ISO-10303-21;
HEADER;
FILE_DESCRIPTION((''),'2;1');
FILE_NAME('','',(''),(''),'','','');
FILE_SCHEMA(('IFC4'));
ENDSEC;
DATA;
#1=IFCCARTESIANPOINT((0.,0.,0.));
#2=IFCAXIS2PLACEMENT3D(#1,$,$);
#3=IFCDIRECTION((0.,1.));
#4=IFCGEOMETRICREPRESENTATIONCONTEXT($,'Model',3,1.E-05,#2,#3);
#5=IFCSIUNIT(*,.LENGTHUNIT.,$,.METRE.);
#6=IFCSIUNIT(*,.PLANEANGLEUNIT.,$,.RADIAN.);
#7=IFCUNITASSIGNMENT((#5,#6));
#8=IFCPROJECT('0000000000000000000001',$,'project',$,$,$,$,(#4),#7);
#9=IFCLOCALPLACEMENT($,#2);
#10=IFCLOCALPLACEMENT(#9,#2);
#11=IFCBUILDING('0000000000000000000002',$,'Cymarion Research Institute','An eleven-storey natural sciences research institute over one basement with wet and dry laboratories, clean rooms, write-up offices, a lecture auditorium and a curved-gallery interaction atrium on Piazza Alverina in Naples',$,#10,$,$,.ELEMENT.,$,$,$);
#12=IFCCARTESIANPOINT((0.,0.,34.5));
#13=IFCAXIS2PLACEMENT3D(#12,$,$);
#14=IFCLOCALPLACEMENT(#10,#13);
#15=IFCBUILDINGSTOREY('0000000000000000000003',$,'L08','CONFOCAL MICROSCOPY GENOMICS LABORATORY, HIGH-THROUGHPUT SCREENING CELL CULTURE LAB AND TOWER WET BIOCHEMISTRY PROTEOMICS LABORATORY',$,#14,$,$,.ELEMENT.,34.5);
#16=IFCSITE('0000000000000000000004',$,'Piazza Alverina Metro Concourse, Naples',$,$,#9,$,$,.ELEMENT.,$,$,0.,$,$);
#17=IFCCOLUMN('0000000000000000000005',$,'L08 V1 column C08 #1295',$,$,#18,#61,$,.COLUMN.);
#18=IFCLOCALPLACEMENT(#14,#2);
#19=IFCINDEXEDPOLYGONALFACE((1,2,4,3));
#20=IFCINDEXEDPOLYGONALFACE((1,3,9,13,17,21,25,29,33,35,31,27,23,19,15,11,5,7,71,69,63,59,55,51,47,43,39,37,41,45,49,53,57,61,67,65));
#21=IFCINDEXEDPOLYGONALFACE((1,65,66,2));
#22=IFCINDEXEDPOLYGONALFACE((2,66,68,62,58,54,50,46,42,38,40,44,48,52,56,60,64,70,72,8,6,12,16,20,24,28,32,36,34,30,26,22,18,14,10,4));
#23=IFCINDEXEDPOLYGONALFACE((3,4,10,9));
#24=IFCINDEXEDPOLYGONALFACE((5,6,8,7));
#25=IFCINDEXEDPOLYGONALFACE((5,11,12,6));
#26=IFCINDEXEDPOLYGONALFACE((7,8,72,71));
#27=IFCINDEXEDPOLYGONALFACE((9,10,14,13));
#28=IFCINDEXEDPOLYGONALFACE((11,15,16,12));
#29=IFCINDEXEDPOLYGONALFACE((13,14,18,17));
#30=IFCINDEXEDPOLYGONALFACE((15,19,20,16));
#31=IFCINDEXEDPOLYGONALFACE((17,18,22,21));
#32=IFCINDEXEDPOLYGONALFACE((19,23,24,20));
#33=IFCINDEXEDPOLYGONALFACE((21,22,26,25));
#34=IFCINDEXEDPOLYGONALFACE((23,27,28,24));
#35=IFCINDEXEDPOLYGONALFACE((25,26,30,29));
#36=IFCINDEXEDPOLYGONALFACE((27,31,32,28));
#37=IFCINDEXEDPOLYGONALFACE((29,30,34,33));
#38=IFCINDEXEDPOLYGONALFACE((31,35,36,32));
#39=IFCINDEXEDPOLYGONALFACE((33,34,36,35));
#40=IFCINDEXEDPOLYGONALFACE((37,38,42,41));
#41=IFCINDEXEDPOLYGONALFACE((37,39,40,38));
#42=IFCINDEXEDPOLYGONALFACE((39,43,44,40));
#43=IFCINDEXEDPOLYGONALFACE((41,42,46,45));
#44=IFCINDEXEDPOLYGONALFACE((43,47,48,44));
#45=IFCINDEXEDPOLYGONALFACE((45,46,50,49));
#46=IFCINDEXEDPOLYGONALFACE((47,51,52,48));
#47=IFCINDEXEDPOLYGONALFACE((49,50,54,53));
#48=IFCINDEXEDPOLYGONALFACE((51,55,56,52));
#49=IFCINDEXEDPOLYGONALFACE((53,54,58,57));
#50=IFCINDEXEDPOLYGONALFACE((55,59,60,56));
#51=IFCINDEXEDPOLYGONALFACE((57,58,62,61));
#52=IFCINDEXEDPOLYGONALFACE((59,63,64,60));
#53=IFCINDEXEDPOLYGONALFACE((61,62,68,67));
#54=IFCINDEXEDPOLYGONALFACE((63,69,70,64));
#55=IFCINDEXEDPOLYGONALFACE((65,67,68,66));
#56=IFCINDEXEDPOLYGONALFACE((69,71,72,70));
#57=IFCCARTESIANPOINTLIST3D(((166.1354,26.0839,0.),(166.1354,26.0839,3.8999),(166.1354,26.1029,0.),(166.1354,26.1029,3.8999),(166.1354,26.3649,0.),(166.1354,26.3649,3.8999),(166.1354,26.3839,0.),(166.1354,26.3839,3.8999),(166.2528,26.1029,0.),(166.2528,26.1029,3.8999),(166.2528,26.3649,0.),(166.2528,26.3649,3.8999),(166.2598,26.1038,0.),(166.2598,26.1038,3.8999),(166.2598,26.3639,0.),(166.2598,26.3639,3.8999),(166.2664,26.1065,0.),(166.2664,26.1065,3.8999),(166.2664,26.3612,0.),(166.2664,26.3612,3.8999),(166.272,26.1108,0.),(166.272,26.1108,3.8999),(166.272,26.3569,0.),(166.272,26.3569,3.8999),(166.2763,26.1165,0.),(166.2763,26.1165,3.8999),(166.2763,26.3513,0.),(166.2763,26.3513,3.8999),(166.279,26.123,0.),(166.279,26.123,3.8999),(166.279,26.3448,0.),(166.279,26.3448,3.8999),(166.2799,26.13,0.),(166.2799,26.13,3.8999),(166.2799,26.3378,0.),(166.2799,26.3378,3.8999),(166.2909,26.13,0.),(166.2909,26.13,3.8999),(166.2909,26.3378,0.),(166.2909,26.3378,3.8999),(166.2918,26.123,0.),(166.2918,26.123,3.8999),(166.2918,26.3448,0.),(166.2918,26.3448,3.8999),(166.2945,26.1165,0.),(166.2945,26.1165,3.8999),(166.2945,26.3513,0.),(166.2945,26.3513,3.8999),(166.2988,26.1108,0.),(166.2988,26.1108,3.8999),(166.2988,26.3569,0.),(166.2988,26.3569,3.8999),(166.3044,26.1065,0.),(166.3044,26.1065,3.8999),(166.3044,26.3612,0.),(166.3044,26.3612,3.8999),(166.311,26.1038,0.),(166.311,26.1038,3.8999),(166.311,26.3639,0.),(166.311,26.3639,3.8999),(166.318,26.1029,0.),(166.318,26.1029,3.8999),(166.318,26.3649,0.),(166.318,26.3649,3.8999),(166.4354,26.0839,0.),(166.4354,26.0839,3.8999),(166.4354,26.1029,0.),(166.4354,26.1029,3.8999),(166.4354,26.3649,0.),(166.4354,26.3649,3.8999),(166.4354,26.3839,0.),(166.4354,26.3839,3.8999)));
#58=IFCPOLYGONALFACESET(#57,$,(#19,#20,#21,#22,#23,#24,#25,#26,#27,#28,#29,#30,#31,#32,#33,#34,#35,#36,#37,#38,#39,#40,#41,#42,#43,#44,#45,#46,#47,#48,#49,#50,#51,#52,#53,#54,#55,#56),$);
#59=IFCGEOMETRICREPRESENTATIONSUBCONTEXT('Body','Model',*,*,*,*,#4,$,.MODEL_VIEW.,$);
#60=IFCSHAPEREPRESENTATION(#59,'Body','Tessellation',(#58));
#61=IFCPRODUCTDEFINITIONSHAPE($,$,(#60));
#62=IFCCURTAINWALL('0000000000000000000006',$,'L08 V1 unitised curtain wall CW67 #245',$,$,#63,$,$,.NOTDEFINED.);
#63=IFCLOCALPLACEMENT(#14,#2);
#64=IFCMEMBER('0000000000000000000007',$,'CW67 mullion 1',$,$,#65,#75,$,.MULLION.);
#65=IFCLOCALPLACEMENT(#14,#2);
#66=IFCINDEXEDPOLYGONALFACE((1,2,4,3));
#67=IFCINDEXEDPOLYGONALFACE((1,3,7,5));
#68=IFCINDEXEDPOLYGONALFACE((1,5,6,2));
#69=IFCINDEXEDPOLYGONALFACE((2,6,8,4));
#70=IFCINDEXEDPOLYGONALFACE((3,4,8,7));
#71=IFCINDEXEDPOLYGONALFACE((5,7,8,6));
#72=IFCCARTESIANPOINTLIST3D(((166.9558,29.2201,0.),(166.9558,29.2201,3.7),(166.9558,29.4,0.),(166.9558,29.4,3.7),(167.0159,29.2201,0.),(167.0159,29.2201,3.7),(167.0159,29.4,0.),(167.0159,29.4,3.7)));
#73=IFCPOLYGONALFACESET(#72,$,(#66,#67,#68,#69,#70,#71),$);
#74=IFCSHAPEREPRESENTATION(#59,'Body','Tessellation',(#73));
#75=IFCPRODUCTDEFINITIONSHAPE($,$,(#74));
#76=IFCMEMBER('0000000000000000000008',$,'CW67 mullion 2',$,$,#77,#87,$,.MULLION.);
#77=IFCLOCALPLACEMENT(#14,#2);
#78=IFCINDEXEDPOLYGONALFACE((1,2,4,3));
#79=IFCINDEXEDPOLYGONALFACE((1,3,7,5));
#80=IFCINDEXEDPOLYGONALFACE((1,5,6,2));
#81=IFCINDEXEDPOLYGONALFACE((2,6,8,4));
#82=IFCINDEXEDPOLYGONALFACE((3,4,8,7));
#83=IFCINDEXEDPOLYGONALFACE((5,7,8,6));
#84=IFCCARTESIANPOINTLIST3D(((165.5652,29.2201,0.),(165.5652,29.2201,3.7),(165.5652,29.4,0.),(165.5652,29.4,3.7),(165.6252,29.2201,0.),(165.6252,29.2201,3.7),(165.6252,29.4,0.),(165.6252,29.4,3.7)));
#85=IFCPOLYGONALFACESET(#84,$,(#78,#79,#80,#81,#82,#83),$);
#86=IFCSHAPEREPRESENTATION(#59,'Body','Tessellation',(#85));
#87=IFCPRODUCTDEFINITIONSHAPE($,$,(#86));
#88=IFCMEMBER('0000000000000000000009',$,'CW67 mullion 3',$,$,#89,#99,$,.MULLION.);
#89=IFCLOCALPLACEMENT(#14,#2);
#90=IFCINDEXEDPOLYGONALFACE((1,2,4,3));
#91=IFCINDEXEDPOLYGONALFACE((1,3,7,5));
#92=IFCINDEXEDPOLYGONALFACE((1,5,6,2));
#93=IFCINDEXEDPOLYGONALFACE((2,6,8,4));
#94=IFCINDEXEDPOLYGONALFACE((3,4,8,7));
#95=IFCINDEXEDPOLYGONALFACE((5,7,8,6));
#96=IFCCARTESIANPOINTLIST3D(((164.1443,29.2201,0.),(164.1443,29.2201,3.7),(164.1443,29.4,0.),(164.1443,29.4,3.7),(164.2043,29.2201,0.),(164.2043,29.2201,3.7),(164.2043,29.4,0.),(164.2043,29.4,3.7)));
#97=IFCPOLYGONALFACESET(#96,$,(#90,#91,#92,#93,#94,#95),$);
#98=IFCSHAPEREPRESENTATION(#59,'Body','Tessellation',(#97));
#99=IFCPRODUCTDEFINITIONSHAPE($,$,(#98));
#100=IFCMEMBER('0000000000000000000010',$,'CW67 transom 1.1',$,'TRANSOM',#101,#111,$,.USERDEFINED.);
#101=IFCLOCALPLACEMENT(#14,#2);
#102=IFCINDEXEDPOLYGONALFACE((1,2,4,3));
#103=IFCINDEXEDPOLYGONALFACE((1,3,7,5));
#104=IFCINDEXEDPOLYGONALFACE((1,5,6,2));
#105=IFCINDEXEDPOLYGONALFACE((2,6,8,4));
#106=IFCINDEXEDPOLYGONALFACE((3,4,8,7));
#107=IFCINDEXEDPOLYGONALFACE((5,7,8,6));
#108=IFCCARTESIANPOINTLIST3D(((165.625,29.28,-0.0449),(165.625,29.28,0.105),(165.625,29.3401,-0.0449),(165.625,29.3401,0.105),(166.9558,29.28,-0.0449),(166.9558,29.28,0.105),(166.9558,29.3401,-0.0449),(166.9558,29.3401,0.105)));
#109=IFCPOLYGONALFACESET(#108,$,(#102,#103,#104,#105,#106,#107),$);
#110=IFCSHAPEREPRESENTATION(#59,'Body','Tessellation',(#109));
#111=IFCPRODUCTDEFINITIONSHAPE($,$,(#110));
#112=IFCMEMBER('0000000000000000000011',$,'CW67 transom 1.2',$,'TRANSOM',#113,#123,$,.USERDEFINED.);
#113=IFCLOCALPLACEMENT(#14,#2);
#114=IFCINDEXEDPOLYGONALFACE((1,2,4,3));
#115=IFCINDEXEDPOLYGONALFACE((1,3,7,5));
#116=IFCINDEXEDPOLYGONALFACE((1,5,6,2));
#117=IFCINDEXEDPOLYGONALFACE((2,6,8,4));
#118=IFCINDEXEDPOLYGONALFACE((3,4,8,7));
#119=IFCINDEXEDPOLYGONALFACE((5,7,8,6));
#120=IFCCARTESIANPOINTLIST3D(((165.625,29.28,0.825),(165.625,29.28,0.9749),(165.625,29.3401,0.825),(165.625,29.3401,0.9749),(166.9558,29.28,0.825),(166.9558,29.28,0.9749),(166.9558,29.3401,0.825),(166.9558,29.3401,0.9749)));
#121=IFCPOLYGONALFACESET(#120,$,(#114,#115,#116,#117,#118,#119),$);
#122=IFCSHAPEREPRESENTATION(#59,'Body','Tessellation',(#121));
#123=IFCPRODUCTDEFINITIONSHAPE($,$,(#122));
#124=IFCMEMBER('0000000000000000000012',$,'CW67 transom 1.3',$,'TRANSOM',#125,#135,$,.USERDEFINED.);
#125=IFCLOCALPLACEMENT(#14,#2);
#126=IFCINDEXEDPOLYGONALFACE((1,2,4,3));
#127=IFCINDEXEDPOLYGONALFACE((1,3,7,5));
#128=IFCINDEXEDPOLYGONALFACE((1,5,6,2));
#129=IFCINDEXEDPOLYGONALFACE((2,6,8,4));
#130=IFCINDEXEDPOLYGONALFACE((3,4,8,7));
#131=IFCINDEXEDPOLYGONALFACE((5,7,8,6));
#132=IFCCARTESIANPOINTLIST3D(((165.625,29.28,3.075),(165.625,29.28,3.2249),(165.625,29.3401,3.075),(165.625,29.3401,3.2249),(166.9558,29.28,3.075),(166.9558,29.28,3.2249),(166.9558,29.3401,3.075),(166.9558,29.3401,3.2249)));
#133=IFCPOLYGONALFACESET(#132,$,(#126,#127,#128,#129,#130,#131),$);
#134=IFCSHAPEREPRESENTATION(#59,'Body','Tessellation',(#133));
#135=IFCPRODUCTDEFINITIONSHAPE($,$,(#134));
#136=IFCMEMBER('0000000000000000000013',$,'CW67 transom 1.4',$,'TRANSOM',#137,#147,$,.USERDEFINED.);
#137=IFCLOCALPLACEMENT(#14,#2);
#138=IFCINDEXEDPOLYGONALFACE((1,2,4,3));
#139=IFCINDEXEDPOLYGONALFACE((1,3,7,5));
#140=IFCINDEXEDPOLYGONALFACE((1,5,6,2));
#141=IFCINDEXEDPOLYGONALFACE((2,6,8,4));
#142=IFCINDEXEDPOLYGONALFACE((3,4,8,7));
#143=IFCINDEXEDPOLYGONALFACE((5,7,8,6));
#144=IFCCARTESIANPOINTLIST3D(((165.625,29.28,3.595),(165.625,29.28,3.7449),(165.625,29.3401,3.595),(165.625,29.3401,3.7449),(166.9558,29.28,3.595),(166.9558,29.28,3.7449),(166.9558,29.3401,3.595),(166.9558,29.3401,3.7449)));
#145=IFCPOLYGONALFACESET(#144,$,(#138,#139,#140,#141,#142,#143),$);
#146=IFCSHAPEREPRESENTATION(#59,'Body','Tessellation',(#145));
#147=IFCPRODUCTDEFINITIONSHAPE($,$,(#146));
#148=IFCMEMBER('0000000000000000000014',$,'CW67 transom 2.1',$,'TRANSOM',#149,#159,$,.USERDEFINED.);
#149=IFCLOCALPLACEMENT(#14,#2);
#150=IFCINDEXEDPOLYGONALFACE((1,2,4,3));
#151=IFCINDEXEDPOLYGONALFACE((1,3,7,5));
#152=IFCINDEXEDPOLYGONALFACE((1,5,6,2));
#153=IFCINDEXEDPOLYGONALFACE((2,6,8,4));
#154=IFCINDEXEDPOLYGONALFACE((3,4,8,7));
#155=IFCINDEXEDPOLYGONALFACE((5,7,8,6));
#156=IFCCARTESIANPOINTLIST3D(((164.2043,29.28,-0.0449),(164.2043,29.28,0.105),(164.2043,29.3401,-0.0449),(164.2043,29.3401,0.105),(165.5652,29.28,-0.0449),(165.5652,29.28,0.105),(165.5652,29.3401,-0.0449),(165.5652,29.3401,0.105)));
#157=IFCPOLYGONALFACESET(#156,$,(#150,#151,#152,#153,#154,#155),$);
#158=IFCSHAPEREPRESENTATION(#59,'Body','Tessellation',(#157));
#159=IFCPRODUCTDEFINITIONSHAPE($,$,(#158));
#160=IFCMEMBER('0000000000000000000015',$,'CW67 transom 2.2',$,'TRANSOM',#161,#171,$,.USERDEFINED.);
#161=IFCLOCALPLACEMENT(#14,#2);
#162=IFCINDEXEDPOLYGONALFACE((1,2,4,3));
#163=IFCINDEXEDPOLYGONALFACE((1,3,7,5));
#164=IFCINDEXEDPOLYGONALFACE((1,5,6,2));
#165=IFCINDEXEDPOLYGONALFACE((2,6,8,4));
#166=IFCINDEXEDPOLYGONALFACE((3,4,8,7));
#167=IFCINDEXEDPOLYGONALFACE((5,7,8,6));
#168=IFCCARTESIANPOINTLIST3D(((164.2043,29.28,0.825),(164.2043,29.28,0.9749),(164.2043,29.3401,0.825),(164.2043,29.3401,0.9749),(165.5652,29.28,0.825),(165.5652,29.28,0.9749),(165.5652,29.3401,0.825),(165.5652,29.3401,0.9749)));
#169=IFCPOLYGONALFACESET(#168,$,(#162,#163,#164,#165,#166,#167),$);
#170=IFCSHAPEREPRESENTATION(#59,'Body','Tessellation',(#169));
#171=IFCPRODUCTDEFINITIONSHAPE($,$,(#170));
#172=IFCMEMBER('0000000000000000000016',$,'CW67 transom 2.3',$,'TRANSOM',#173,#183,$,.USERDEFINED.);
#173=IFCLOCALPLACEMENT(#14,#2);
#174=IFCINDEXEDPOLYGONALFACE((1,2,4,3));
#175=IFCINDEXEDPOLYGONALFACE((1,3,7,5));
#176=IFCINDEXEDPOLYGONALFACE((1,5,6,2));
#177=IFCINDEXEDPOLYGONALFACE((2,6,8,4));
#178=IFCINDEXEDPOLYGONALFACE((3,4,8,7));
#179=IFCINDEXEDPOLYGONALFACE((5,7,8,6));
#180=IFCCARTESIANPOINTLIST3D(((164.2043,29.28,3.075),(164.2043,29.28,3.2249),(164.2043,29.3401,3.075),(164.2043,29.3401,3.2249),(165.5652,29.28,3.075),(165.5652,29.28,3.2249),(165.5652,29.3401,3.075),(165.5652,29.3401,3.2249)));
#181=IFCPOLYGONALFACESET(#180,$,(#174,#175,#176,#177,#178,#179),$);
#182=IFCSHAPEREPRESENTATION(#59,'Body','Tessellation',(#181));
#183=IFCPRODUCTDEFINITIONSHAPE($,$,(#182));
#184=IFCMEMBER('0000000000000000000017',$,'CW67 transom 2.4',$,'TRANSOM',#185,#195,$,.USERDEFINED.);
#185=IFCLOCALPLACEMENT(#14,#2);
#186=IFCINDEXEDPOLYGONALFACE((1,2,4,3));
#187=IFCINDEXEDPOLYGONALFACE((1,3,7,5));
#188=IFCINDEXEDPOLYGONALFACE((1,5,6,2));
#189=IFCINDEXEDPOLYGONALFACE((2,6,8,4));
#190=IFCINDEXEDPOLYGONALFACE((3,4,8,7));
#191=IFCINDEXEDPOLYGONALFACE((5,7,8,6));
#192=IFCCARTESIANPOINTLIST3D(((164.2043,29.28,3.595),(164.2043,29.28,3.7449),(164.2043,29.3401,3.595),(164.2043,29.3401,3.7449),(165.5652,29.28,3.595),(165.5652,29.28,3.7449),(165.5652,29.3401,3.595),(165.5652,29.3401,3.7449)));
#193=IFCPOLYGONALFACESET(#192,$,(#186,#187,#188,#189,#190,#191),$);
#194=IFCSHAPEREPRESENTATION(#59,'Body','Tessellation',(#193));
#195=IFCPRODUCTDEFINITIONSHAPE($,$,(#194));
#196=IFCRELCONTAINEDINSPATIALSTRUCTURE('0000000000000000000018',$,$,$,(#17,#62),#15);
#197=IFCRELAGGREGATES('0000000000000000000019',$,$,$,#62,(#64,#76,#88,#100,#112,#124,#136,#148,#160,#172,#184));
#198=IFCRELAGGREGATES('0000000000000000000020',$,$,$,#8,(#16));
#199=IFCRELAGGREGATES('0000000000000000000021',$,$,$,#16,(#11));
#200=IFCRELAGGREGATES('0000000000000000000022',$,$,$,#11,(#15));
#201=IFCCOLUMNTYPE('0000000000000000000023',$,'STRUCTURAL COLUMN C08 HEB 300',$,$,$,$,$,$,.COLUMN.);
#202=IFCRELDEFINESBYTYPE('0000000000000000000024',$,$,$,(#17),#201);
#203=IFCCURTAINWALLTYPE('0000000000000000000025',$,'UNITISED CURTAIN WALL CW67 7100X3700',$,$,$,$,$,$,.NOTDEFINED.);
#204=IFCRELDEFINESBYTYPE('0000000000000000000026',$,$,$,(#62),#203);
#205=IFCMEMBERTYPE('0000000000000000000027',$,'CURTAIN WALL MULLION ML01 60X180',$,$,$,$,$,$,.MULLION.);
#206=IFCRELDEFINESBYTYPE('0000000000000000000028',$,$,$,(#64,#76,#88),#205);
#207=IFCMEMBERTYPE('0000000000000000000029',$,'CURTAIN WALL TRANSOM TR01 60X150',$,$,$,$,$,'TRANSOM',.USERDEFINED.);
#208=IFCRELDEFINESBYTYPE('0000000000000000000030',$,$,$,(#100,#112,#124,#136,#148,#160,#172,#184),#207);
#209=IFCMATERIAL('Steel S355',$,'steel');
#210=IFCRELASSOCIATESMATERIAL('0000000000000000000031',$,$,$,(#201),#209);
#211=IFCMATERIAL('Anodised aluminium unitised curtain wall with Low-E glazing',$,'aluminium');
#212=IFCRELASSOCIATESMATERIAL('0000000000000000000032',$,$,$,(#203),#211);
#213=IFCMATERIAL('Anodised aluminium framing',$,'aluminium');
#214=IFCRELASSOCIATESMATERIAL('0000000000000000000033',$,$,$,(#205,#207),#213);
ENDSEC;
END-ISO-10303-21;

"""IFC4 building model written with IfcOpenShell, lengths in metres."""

from ifc_helpers import new_model, si_unit, direction, frame, origin, origin_2d, place, context, subcontext, project, spatial, rectangle, i_section, extrude, material, material_profile, profile_set, type_object, element, aggregate, save


model = new_model("IFC4")

# Units and contexts
model_context = context("Model", 3, precision=1e-05, world=origin(), true_north=direction((0.0, 1.0)))
body_context = subcontext(model_context, "Body", "Model", "MODEL_VIEW")
ifc_project = project(units=[si_unit("LENGTHUNIT", "METRE"), si_unit("PLANEANGLEUNIT", "RADIAN")], contexts=[model_context])

# Site, building, storey
site_placement = place(None, origin())
site = spatial("IfcSite", under=ifc_project, at=site_placement, Name="Piazza Alverina Metro Concourse, Naples", CompositionType="ELEMENT", RefElevation=0.0)
building_placement = place(site_placement, origin())
building = spatial("IfcBuilding", under=site, at=building_placement, Name="Cymarion Research Institute", Description="An eleven-storey natural sciences research institute over one basement with wet and dry laboratories, clean rooms, write-up offices, a lecture auditorium and a curved-gallery interaction atrium on Piazza Alverina in Naples", CompositionType="ELEMENT")
storey_placement = place(building_placement, frame((0.0, 0.0, 34.5)))
storey = spatial("IfcBuildingStorey", under=building, at=storey_placement, Name="L08", Description="CONFOCAL MICROSCOPY GENOMICS LABORATORY, HIGH-THROUGHPUT SCREENING CELL CULTURE LAB AND TOWER WET BIOCHEMISTRY PROTEOMICS LABORATORY", CompositionType="ELEMENT", Elevation=34.5)

# Column
ifc_material_1 = material(Name="Steel S355", Category="steel")
ifc_material_profile_1 = material_profile(ifc_material_1, i_section(OverallWidth=0.3, OverallDepth=0.3, WebThickness=0.011, FlangeThickness=0.019, FilletRadius=0.0271, at=origin_2d()), Name="HEB 300")
ifc_profile_set_1 = profile_set([ifc_material_profile_1], Name="Steel S355")
column_type = type_object("IfcColumnType", Name="STRUCTURAL COLUMN C08 HEB 300", PredefinedType="COLUMN", material=ifc_profile_set_1)
column_placement = place(storey_placement, frame((166.2854, 26.2339, 0.0), z_axis=(0.0, 0.0, 1.0), x_axis=(1.0, 0.0, 0.0)))
element("IfcColumn", 1, at=column_placement, inside=storey, type_object=column_type, Name="L08 V1 column C08 #1295", PredefinedType="COLUMN", context=body_context, shape_type="SweptSolid", body=[
    extrude(i_section(OverallWidth=0.3, OverallDepth=0.3, WebThickness=0.011, FlangeThickness=0.019, FilletRadius=0.0271, at=origin_2d()), origin(), (0.0, 0.0, 1.0), 3.8999),
])

# Curtain wall, members
ifc_material_2 = material(Name="Anodised aluminium unitised curtain wall with Low-E glazing", Category="aluminium")
curtain_wall_type = type_object("IfcCurtainWallType", Name="UNITISED CURTAIN WALL CW67 7100X3700", PredefinedType="NOTDEFINED", material=ifc_material_2)
curtain_wall_placement = place(storey_placement, origin())
curtain_wall = element("IfcCurtainWall", 2, at=curtain_wall_placement, inside=storey, type_object=curtain_wall_type, Name="L08 V1 unitised curtain wall CW67 #245", PredefinedType="NOTDEFINED")
ifc_material_3 = material(Name="Anodised aluminium framing", Category="aluminium")
ifc_material_profile_2 = material_profile(ifc_material_3, rectangle(XDim=0.0601, YDim=0.1799, at=origin_2d()), Name="ALU MULLION 60x180")
ifc_profile_set_2 = profile_set([ifc_material_profile_2], Name="Anodised aluminium framing")
member_type_1 = type_object("IfcMemberType", Name="CURTAIN WALL MULLION ML01 60X180", PredefinedType="MULLION", material=ifc_profile_set_2)
member_1_placement = place(storey_placement, frame((166.9858, 29.3101, 0.0), z_axis=(0.0, 0.0, 1.0), x_axis=(-1.0, 0.0, 0.0)))
member_1 = element("IfcMember", 3, at=member_1_placement, type_object=member_type_1, Name="CW67 mullion 1", PredefinedType="MULLION", context=body_context, shape_type="SweptSolid", body=[
    extrude(rectangle(XDim=0.0601, YDim=0.1799, at=origin_2d()), origin(), (0.0, 0.0, 1.0), 3.7),
])
member_2_placement = place(storey_placement, frame((165.5952, 29.3101, 0.0), z_axis=(0.0, 0.0, 1.0), x_axis=(-1.0, 0.0, 0.0)))
member_2 = element("IfcMember", 4, at=member_2_placement, type_object=member_type_1, Name="CW67 mullion 2", PredefinedType="MULLION", context=body_context, shape_type="SweptSolid", body=[
    extrude(rectangle(XDim=0.0601, YDim=0.1799, at=origin_2d()), origin(), (0.0, 0.0, 1.0), 3.7),
])
member_3_placement = place(storey_placement, frame((164.1743, 29.3101, 0.0), z_axis=(0.0, 0.0, 1.0), x_axis=(-1.0, 0.0, 0.0)))
member_3 = element("IfcMember", 5, at=member_3_placement, type_object=member_type_1, Name="CW67 mullion 3", PredefinedType="MULLION", context=body_context, shape_type="SweptSolid", body=[
    extrude(rectangle(XDim=0.0601, YDim=0.1799, at=origin_2d()), origin(), (0.0, 0.0, 1.0), 3.7),
])
ifc_material_profile_3 = material_profile(ifc_material_3, rectangle(XDim=0.0601, YDim=0.1499, at=origin_2d()), Name="ALU TRANSOM 60x150")
ifc_profile_set_3 = profile_set([ifc_material_profile_3], Name="Anodised aluminium framing")
member_type_2 = type_object("IfcMemberType", Name="CURTAIN WALL TRANSOM TR01 60X150", ElementType="TRANSOM", PredefinedType="USERDEFINED", material=ifc_profile_set_3)
member_4_placement = place(storey_placement, frame((166.9558, 29.3101, 0.03), z_axis=(-1.0, 0.0, 0.0), x_axis=(0.0, -1.0, 0.0)))
member_4 = element("IfcMember", 6, at=member_4_placement, type_object=member_type_2, Name="CW67 transom 1.1", ObjectType="TRANSOM", PredefinedType="USERDEFINED", context=body_context, shape_type="SweptSolid", body=[
    extrude(rectangle(XDim=0.0601, YDim=0.1499, at=origin_2d()), origin(), (0.0, 0.0, 1.0), 1.3308),
])
member_5_placement = place(storey_placement, frame((166.9558, 29.3101, 0.8999), z_axis=(-1.0, 0.0, 0.0), x_axis=(0.0, -1.0, 0.0)))
member_5 = element("IfcMember", 7, at=member_5_placement, type_object=member_type_2, Name="CW67 transom 1.2", ObjectType="TRANSOM", PredefinedType="USERDEFINED", context=body_context, shape_type="SweptSolid", body=[
    extrude(rectangle(XDim=0.0601, YDim=0.1499, at=origin_2d()), origin(), (0.0, 0.0, 1.0), 1.3308),
])
member_6_placement = place(storey_placement, frame((166.9558, 29.3101, 3.1499), z_axis=(-1.0, 0.0, 0.0), x_axis=(0.0, -1.0, 0.0)))
member_6 = element("IfcMember", 8, at=member_6_placement, type_object=member_type_2, Name="CW67 transom 1.3", ObjectType="TRANSOM", PredefinedType="USERDEFINED", context=body_context, shape_type="SweptSolid", body=[
    extrude(rectangle(XDim=0.0601, YDim=0.1499, at=origin_2d()), origin(), (0.0, 0.0, 1.0), 1.3308),
])
member_7_placement = place(storey_placement, frame((166.9558, 29.3101, 3.6699), z_axis=(-1.0, 0.0, 0.0), x_axis=(0.0, -1.0, 0.0)))
member_7 = element("IfcMember", 9, at=member_7_placement, type_object=member_type_2, Name="CW67 transom 1.4", ObjectType="TRANSOM", PredefinedType="USERDEFINED", context=body_context, shape_type="SweptSolid", body=[
    extrude(rectangle(XDim=0.0601, YDim=0.1499, at=origin_2d()), origin(), (0.0, 0.0, 1.0), 1.3308),
])
member_8_placement = place(storey_placement, frame((165.5652, 29.3101, 0.03), z_axis=(-1.0, 0.0, 0.0), x_axis=(0.0, -1.0, 0.0)))
member_8 = element("IfcMember", 10, at=member_8_placement, type_object=member_type_2, Name="CW67 transom 2.1", ObjectType="TRANSOM", PredefinedType="USERDEFINED", context=body_context, shape_type="SweptSolid", body=[
    extrude(rectangle(XDim=0.0601, YDim=0.1499, at=origin_2d()), origin(), (0.0, 0.0, 1.0), 1.3608),
])
member_9_placement = place(storey_placement, frame((165.5652, 29.3101, 0.8999), z_axis=(-1.0, 0.0, 0.0), x_axis=(0.0, -1.0, 0.0)))
member_9 = element("IfcMember", 11, at=member_9_placement, type_object=member_type_2, Name="CW67 transom 2.2", ObjectType="TRANSOM", PredefinedType="USERDEFINED", context=body_context, shape_type="SweptSolid", body=[
    extrude(rectangle(XDim=0.0601, YDim=0.1499, at=origin_2d()), origin(), (0.0, 0.0, 1.0), 1.3608),
])
member_10_placement = place(storey_placement, frame((165.5652, 29.3101, 3.1499), z_axis=(-1.0, 0.0, 0.0), x_axis=(0.0, -1.0, 0.0)))
member_10 = element("IfcMember", 12, at=member_10_placement, type_object=member_type_2, Name="CW67 transom 2.3", ObjectType="TRANSOM", PredefinedType="USERDEFINED", context=body_context, shape_type="SweptSolid", body=[
    extrude(rectangle(XDim=0.0601, YDim=0.1499, at=origin_2d()), origin(), (0.0, 0.0, 1.0), 1.3608),
])
member_11_placement = place(storey_placement, frame((165.5652, 29.3101, 3.6699), z_axis=(-1.0, 0.0, 0.0), x_axis=(0.0, -1.0, 0.0)))
member_11 = element("IfcMember", 13, at=member_11_placement, type_object=member_type_2, Name="CW67 transom 2.4", ObjectType="TRANSOM", PredefinedType="USERDEFINED", context=body_context, shape_type="SweptSolid", body=[
    extrude(rectangle(XDim=0.0601, YDim=0.1499, at=origin_2d()), origin(), (0.0, 0.0, 1.0), 1.3608),
])
aggregate(curtain_wall, [member_1, member_2, member_3, member_4, member_5, member_6, member_7, member_8, member_9, member_10, member_11])

save(model, "model.ifc")
